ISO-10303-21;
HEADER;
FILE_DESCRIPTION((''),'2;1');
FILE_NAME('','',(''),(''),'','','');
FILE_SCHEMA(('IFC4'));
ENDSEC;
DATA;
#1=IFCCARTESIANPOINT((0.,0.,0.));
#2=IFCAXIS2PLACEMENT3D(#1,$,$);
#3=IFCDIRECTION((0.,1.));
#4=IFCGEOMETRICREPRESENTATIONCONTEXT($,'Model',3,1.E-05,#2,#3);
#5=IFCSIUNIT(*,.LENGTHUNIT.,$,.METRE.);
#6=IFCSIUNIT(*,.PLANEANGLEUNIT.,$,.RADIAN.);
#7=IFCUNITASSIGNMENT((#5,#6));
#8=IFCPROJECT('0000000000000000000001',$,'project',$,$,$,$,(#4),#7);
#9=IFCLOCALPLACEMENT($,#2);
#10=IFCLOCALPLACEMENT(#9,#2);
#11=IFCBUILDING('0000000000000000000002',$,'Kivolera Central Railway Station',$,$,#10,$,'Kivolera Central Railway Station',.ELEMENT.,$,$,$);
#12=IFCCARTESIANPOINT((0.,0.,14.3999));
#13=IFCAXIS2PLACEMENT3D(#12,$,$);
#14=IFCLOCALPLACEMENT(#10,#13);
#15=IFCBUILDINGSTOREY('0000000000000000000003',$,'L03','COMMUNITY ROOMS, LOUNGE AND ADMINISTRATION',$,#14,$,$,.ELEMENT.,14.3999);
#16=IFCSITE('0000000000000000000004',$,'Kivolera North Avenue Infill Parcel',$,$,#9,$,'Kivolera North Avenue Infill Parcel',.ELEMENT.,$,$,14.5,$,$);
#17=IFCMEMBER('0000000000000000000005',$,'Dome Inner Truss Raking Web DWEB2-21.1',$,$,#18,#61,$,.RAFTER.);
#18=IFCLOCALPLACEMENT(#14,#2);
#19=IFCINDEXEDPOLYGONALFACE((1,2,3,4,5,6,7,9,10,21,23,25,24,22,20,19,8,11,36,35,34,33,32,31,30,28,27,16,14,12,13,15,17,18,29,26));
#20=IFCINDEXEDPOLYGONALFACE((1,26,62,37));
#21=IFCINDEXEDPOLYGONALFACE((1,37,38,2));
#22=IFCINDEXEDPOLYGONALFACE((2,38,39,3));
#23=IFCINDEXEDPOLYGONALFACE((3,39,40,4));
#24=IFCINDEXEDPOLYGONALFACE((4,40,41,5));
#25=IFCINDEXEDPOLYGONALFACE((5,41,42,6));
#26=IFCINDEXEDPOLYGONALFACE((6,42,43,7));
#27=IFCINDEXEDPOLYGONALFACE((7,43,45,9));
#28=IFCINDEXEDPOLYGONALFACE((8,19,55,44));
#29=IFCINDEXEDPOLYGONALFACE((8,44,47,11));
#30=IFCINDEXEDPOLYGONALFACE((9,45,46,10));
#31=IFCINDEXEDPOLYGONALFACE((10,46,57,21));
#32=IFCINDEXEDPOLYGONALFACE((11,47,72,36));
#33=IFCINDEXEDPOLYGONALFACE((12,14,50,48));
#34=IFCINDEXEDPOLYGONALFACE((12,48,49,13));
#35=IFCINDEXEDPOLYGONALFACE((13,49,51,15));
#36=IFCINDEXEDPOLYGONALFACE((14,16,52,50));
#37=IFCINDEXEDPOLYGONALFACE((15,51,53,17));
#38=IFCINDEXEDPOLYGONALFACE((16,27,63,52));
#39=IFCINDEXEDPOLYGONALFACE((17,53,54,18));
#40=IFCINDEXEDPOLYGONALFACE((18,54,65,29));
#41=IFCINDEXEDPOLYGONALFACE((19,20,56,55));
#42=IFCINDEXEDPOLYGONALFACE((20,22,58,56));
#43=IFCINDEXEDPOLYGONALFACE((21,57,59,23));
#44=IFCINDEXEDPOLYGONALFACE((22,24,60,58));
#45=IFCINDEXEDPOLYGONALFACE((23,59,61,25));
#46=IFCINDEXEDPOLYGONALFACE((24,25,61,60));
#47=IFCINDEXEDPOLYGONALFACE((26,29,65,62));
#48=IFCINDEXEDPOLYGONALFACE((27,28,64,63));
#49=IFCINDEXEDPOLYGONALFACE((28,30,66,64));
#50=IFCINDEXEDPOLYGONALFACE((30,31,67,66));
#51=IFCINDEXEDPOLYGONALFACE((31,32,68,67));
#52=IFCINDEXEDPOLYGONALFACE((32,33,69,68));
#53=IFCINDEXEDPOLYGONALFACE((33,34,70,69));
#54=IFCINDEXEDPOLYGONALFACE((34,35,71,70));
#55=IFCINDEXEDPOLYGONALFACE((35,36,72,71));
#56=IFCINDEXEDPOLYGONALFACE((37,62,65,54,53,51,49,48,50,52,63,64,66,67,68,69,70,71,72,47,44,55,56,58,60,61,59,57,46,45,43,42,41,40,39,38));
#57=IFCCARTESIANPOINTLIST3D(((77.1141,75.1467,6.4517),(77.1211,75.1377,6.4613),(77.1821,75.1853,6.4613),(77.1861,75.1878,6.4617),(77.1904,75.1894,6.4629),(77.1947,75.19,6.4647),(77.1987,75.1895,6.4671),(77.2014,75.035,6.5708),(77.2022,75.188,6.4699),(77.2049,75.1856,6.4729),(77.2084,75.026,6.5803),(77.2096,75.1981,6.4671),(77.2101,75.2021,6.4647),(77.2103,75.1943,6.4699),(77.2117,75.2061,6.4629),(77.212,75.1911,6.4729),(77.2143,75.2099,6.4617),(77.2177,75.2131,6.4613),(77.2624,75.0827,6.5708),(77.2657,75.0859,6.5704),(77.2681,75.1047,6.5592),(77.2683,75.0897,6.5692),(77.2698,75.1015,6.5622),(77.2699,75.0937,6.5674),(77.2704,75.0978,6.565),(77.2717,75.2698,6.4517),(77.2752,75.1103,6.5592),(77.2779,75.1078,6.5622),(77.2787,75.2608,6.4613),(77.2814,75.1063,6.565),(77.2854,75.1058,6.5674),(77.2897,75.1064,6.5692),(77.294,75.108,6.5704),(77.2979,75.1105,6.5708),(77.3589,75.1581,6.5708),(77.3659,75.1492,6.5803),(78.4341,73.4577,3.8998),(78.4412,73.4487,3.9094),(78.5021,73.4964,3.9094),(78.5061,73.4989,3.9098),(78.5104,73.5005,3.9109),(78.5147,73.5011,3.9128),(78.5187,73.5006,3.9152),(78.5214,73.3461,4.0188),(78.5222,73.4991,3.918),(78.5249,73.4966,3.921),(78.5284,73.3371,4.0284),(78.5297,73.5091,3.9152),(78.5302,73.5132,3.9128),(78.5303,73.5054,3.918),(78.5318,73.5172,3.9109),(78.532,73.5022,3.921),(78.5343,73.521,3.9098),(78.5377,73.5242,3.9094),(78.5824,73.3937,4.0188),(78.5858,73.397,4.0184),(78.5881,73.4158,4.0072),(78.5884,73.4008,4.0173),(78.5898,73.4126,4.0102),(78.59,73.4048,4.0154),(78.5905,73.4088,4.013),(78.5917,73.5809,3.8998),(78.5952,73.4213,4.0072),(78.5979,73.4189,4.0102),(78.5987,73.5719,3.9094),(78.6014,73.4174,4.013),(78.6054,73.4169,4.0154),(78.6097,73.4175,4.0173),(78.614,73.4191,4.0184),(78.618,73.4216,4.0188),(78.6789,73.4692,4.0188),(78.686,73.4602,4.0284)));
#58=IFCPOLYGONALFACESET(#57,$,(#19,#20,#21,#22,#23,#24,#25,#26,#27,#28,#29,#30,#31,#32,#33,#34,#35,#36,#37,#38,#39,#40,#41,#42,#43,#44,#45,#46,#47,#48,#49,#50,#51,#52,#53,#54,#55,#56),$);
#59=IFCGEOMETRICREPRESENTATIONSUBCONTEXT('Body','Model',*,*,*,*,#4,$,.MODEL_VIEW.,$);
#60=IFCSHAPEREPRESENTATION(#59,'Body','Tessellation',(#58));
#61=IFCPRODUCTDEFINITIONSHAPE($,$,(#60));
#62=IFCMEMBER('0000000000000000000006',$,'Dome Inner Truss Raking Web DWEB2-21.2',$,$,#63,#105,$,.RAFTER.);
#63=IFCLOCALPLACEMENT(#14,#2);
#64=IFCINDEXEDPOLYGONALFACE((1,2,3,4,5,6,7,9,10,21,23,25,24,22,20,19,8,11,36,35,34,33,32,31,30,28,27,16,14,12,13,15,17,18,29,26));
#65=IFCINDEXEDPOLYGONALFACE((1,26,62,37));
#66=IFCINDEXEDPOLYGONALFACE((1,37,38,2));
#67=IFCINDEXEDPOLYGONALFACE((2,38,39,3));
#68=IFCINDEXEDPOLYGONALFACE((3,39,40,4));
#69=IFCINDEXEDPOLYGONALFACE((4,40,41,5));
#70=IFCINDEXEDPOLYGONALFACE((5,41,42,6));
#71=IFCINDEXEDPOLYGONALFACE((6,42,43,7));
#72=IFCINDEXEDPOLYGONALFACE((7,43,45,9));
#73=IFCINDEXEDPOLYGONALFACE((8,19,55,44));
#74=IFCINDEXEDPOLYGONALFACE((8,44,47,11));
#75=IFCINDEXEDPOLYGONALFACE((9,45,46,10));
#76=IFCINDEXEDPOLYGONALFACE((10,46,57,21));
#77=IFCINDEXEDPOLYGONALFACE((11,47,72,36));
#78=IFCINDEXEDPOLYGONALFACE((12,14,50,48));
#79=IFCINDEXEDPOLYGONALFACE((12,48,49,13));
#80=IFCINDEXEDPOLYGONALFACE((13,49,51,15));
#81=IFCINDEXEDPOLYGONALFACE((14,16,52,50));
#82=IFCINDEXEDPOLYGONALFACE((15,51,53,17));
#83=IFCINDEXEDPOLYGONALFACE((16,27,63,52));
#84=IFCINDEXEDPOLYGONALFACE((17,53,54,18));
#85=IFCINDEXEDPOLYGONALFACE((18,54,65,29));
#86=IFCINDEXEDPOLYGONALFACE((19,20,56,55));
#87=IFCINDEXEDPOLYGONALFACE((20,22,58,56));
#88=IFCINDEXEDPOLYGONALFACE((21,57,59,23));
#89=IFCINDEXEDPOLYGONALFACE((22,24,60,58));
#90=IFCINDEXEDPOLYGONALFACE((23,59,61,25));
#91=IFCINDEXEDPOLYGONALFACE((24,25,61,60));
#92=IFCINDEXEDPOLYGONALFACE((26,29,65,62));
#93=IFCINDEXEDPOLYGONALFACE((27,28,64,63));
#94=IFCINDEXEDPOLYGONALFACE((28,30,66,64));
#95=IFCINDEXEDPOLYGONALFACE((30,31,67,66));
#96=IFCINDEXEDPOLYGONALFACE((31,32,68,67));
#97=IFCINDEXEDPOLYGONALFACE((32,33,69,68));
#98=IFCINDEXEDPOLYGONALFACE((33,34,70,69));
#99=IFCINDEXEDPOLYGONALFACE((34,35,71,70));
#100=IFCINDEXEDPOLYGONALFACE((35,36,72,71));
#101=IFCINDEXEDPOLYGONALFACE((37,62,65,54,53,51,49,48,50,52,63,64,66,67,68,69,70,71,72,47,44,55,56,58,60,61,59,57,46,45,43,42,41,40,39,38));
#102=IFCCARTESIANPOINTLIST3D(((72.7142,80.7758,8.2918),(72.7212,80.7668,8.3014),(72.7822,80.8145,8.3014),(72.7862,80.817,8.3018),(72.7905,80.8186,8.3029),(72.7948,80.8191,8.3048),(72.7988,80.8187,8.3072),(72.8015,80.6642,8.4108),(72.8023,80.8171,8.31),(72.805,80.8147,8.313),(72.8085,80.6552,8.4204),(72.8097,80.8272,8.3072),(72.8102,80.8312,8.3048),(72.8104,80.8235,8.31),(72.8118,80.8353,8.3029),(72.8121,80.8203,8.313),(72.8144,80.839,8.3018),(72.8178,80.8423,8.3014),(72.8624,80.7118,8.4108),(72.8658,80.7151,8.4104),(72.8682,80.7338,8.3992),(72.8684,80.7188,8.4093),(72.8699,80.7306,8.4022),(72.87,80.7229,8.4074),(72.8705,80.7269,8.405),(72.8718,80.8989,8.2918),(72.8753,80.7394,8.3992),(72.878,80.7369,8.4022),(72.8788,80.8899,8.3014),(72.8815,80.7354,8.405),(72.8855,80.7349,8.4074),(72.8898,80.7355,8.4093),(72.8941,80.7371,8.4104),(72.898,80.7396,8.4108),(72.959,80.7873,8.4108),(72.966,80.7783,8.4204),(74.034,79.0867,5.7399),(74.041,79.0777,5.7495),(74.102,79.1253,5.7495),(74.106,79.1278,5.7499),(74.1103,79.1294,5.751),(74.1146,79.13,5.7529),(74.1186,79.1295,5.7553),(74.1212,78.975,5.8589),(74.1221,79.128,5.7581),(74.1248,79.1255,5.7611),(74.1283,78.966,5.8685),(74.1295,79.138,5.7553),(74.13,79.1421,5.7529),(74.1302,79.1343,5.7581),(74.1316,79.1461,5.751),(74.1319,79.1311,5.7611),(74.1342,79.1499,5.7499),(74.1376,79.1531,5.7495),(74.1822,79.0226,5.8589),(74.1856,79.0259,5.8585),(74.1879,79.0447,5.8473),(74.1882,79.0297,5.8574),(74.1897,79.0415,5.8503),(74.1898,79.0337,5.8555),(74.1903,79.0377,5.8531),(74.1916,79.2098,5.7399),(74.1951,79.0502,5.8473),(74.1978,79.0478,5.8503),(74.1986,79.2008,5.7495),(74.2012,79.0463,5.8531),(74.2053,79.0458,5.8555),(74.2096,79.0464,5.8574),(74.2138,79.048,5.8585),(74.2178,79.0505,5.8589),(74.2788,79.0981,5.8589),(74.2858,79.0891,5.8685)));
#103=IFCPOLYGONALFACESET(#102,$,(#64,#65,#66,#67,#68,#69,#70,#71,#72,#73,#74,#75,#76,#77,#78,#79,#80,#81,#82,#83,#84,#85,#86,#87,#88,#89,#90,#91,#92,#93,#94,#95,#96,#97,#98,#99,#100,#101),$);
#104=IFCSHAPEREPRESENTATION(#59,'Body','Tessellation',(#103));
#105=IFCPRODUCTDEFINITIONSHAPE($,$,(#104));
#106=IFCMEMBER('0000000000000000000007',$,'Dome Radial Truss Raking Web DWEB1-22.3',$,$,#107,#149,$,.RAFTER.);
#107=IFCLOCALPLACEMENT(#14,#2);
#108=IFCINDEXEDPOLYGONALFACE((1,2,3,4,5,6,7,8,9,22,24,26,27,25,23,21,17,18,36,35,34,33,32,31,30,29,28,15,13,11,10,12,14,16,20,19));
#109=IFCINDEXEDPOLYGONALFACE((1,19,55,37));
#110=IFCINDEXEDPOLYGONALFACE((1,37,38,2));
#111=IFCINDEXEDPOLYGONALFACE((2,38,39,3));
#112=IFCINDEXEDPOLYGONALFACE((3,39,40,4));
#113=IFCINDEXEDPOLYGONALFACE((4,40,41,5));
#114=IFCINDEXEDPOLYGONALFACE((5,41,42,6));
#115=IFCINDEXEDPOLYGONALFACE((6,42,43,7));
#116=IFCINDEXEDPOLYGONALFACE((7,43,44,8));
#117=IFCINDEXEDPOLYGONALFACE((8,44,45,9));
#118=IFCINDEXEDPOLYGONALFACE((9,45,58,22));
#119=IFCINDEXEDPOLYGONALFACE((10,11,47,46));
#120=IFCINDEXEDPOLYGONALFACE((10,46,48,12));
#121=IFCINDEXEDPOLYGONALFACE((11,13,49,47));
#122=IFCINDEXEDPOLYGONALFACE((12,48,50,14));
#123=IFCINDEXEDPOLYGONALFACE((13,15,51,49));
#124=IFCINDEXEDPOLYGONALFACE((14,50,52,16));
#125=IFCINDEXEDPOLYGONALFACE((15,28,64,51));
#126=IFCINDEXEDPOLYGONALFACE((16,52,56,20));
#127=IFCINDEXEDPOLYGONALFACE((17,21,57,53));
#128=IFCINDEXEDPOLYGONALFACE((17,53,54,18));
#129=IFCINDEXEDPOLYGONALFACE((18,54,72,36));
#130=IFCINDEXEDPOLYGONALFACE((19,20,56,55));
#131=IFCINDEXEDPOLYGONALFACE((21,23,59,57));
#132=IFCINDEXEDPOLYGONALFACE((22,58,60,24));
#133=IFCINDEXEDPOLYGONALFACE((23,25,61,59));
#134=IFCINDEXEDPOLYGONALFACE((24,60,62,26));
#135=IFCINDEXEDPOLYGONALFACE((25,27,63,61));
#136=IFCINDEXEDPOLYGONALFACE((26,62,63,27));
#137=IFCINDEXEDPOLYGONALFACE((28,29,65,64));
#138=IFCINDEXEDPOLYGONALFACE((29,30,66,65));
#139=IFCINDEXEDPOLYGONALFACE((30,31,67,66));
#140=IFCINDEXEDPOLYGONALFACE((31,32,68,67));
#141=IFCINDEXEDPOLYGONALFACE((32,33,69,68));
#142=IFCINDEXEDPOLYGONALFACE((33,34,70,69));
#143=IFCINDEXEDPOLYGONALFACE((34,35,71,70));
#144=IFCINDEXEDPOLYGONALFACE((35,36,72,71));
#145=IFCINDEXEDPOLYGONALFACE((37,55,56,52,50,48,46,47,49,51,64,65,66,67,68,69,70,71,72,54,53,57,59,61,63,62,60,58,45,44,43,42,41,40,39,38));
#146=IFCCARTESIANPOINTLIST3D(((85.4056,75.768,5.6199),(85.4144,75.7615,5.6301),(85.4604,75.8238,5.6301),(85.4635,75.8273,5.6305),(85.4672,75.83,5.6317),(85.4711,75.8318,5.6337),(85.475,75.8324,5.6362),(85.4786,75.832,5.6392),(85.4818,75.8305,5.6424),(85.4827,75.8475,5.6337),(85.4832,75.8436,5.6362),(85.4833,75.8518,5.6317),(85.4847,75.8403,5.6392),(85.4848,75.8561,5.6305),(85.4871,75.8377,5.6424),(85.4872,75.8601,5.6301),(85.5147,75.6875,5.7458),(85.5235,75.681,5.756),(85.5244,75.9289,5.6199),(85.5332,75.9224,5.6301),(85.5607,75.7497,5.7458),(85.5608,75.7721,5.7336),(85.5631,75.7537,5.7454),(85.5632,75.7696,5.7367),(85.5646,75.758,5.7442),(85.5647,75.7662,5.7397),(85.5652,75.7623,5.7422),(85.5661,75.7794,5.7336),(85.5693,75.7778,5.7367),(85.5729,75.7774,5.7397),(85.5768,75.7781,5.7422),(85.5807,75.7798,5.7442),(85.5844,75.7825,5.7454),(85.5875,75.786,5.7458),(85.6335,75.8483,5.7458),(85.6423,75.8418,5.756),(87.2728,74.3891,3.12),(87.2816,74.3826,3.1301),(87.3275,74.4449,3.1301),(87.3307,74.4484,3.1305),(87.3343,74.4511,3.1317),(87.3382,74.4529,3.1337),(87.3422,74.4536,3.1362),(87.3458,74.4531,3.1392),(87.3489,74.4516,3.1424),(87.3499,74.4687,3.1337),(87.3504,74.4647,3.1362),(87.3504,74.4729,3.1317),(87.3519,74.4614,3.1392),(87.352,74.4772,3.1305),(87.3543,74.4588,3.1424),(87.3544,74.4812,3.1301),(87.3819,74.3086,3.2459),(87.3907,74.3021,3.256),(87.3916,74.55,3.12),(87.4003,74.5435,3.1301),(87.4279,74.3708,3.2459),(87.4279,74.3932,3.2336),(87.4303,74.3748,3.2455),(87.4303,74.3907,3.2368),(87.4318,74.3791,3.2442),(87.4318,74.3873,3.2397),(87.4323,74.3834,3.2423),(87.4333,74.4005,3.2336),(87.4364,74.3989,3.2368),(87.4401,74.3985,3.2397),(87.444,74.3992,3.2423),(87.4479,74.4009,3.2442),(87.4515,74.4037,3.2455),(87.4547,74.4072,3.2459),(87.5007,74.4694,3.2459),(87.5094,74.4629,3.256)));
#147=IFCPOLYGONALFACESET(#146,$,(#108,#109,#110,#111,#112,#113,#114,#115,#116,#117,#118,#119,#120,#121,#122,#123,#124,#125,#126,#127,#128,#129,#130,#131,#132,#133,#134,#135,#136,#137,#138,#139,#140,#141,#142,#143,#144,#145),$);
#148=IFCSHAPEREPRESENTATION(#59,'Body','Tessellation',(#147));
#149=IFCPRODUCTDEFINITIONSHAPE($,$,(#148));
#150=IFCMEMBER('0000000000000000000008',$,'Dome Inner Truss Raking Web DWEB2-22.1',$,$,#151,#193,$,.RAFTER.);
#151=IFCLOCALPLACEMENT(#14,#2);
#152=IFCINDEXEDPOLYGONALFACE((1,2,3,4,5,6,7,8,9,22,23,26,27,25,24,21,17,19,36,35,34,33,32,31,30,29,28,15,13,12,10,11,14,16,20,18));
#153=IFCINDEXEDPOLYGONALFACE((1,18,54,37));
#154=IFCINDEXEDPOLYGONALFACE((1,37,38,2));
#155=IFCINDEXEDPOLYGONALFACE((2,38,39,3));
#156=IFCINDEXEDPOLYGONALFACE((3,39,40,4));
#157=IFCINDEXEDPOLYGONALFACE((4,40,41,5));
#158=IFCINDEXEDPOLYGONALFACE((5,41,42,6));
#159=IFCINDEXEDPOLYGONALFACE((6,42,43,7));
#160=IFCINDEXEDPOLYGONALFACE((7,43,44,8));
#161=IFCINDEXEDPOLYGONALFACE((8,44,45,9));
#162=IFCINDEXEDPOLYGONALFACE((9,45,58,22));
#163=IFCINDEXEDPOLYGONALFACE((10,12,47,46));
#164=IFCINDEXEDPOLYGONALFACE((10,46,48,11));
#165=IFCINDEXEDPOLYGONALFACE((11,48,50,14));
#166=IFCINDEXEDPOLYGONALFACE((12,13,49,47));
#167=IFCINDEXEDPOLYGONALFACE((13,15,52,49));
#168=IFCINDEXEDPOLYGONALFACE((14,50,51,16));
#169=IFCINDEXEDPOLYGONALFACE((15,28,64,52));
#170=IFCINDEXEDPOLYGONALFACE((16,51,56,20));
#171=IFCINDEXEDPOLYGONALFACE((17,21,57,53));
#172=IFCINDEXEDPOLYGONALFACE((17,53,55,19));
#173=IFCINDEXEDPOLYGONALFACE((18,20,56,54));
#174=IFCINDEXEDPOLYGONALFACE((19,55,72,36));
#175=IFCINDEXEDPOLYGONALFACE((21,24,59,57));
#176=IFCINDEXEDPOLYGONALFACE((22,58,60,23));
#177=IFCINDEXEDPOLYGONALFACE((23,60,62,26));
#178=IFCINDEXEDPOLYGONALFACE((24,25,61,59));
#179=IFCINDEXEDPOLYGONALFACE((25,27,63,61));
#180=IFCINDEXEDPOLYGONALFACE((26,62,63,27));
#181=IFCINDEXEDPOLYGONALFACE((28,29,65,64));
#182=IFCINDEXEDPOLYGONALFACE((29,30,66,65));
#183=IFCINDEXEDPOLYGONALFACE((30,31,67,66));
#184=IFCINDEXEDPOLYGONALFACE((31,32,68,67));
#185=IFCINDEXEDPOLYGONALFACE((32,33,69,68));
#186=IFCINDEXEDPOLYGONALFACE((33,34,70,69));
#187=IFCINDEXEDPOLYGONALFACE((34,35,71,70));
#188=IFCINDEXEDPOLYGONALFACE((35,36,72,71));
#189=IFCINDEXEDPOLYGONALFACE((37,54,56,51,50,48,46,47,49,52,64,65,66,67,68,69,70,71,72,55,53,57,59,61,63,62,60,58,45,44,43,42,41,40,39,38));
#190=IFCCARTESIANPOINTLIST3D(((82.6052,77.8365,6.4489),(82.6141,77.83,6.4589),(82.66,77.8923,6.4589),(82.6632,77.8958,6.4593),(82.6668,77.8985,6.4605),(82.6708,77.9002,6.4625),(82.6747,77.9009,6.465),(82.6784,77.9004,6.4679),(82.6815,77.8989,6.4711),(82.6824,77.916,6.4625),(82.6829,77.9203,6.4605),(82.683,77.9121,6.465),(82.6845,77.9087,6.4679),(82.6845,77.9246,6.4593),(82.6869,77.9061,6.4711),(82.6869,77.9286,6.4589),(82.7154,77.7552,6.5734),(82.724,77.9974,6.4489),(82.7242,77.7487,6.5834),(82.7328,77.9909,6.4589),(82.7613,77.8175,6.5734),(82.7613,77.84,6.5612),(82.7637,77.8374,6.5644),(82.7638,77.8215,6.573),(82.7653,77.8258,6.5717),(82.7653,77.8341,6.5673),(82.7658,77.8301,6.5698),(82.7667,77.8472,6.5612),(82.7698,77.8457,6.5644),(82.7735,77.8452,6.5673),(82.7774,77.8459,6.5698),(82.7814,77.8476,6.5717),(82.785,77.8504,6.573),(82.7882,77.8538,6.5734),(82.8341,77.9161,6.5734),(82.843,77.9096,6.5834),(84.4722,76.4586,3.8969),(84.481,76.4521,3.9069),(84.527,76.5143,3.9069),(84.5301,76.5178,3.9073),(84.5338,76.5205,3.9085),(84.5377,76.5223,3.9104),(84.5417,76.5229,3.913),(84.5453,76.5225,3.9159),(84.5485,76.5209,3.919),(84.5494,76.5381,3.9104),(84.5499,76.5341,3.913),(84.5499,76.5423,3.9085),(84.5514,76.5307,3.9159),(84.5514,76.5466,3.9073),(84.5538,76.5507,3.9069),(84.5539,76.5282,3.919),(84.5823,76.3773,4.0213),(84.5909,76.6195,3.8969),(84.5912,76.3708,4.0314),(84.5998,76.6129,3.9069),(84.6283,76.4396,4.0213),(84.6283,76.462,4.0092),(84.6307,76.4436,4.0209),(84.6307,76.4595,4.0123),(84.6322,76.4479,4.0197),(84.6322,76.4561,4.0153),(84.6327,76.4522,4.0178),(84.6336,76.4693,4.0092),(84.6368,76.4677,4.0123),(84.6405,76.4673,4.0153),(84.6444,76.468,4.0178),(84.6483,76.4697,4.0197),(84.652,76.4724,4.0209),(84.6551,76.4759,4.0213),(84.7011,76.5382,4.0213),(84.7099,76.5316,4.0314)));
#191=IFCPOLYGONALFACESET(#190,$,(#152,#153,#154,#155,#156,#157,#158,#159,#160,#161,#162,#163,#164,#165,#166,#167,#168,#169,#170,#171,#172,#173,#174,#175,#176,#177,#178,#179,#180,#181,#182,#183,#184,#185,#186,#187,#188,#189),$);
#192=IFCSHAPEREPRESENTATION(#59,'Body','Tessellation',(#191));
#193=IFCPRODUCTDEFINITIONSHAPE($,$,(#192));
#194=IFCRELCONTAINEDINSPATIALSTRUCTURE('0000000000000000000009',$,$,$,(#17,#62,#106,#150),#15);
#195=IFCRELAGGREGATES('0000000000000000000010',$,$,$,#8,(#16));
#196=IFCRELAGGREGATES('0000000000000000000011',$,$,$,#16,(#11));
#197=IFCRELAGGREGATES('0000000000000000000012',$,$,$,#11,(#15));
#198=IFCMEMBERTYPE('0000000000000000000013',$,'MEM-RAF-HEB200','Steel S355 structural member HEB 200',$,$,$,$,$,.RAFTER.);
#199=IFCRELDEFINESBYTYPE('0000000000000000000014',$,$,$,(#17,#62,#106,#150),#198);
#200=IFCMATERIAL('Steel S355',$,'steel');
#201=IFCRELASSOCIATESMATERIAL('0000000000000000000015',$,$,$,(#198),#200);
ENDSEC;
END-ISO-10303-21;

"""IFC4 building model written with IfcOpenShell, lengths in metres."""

from ifc_helpers import new_model, si_unit, direction, frame, origin, origin_2d, place, context, subcontext, project, spatial, i_section, extrude, material, material_profile, profile_set, type_object, element, save


model = new_model("IFC4")

# Units and contexts
model_context = context("Model", 3, precision=1e-05, world=origin(), true_north=direction((0.0, 1.0)))
body_context = subcontext(model_context, "Body", "Model", "MODEL_VIEW")
ifc_project = project(units=[si_unit("LENGTHUNIT", "METRE"), si_unit("PLANEANGLEUNIT", "RADIAN")], contexts=[model_context])

# Site, building, storey
site_placement = place(None, origin())
site = spatial("IfcSite", under=ifc_project, at=site_placement, Name="Kivolera North Avenue Infill Parcel", LongName="Kivolera North Avenue Infill Parcel", CompositionType="ELEMENT", RefElevation=14.5)
building_placement = place(site_placement, origin())
building = spatial("IfcBuilding", under=site, at=building_placement, Name="Kivolera Central Railway Station", LongName="Kivolera Central Railway Station", CompositionType="ELEMENT")
storey_placement = place(building_placement, frame((0.0, 0.0, 14.3999)))
storey = spatial("IfcBuildingStorey", under=building, at=storey_placement, Name="L03", Description="COMMUNITY ROOMS, LOUNGE AND ADMINISTRATION", CompositionType="ELEMENT", Elevation=14.3999)

# Shared definitions
ifc_material_1 = material(Name="Steel S355", Category="steel")

# Members
ifc_material_profile_1 = material_profile(ifc_material_1, i_section(OverallWidth=0.2, OverallDepth=0.2, WebThickness=0.009, FlangeThickness=0.0149, FilletRadius=0.0181, at=origin_2d()), Name="HEB 200")
ifc_profile_set_1 = profile_set([ifc_material_profile_1], Name="Steel S355")
member_type_1 = type_object("IfcMemberType", Name="MEM-RAF-HEB200", Description="Steel S355 structural member HEB 200", PredefinedType="RAFTER", material=ifc_profile_set_1)
for number, where, z_axis, x_axis, name in (
    (1, (78.5601, 73.459, 3.9641), (-0.396078, 0.506763, 0.765711), (-0.787897, -0.615808, 0.0), "Dome Inner Truss Raking Web DWEB2-21.1"),
    (2, (74.1599, 79.0879, 5.8042), (-0.396001, 0.506832, 0.765705), (-0.787995, -0.615682, 0.0), "Dome Inner Truss Raking Web DWEB2-21.2"),
):
    element("IfcMember", number, at=place(storey_placement, frame(where, z_axis=z_axis, x_axis=x_axis)), inside=storey, type_object=member_type_1, Name=name, PredefinedType="RAFTER", context=body_context, shape_type="SweptSolid", body=[
        extrude(i_section(OverallWidth=0.2, OverallDepth=0.2, WebThickness=0.009, FlangeThickness=0.0149, FilletRadius=0.0181, at=origin_2d()), origin(), (0.0, 0.0, 1.0), 3.3328),
    ])
member_1_placement = place(storey_placement, frame((87.3911, 74.426, 3.188), z_axis=(-0.547335, 0.404203, 0.732833), x_axis=(-0.59406, -0.804421, 0.0)))
element("IfcMember", 3, at=member_1_placement, inside=storey, type_object=member_type_1, Name="Dome Radial Truss Raking Web DWEB1-22.3", PredefinedType="RAFTER", context=body_context, shape_type="SweptSolid", body=[
    extrude(i_section(OverallWidth=0.2, OverallDepth=0.2, WebThickness=0.009, FlangeThickness=0.0149, FilletRadius=0.0181, at=origin_2d()), origin(), (0.0, 0.0, 1.0), 3.4114),
])
member_2_placement = place(storey_placement, frame((84.5911, 76.4951, 3.9641), z_axis=(-0.541271, 0.399494, 0.739885), x_axis=(-0.593838, -0.804585, 0.0)))
element("IfcMember", 4, at=member_2_placement, inside=storey, type_object=member_type_1, Name="Dome Inner Truss Raking Web DWEB2-22.1", PredefinedType="RAFTER", context=body_context, shape_type="SweptSolid", body=[
    extrude(i_section(OverallWidth=0.2, OverallDepth=0.2, WebThickness=0.009, FlangeThickness=0.0149, FilletRadius=0.0181, at=origin_2d()), origin(), (0.0, 0.0, 1.0), 3.4492),
])

save(model, "model.ifc")
